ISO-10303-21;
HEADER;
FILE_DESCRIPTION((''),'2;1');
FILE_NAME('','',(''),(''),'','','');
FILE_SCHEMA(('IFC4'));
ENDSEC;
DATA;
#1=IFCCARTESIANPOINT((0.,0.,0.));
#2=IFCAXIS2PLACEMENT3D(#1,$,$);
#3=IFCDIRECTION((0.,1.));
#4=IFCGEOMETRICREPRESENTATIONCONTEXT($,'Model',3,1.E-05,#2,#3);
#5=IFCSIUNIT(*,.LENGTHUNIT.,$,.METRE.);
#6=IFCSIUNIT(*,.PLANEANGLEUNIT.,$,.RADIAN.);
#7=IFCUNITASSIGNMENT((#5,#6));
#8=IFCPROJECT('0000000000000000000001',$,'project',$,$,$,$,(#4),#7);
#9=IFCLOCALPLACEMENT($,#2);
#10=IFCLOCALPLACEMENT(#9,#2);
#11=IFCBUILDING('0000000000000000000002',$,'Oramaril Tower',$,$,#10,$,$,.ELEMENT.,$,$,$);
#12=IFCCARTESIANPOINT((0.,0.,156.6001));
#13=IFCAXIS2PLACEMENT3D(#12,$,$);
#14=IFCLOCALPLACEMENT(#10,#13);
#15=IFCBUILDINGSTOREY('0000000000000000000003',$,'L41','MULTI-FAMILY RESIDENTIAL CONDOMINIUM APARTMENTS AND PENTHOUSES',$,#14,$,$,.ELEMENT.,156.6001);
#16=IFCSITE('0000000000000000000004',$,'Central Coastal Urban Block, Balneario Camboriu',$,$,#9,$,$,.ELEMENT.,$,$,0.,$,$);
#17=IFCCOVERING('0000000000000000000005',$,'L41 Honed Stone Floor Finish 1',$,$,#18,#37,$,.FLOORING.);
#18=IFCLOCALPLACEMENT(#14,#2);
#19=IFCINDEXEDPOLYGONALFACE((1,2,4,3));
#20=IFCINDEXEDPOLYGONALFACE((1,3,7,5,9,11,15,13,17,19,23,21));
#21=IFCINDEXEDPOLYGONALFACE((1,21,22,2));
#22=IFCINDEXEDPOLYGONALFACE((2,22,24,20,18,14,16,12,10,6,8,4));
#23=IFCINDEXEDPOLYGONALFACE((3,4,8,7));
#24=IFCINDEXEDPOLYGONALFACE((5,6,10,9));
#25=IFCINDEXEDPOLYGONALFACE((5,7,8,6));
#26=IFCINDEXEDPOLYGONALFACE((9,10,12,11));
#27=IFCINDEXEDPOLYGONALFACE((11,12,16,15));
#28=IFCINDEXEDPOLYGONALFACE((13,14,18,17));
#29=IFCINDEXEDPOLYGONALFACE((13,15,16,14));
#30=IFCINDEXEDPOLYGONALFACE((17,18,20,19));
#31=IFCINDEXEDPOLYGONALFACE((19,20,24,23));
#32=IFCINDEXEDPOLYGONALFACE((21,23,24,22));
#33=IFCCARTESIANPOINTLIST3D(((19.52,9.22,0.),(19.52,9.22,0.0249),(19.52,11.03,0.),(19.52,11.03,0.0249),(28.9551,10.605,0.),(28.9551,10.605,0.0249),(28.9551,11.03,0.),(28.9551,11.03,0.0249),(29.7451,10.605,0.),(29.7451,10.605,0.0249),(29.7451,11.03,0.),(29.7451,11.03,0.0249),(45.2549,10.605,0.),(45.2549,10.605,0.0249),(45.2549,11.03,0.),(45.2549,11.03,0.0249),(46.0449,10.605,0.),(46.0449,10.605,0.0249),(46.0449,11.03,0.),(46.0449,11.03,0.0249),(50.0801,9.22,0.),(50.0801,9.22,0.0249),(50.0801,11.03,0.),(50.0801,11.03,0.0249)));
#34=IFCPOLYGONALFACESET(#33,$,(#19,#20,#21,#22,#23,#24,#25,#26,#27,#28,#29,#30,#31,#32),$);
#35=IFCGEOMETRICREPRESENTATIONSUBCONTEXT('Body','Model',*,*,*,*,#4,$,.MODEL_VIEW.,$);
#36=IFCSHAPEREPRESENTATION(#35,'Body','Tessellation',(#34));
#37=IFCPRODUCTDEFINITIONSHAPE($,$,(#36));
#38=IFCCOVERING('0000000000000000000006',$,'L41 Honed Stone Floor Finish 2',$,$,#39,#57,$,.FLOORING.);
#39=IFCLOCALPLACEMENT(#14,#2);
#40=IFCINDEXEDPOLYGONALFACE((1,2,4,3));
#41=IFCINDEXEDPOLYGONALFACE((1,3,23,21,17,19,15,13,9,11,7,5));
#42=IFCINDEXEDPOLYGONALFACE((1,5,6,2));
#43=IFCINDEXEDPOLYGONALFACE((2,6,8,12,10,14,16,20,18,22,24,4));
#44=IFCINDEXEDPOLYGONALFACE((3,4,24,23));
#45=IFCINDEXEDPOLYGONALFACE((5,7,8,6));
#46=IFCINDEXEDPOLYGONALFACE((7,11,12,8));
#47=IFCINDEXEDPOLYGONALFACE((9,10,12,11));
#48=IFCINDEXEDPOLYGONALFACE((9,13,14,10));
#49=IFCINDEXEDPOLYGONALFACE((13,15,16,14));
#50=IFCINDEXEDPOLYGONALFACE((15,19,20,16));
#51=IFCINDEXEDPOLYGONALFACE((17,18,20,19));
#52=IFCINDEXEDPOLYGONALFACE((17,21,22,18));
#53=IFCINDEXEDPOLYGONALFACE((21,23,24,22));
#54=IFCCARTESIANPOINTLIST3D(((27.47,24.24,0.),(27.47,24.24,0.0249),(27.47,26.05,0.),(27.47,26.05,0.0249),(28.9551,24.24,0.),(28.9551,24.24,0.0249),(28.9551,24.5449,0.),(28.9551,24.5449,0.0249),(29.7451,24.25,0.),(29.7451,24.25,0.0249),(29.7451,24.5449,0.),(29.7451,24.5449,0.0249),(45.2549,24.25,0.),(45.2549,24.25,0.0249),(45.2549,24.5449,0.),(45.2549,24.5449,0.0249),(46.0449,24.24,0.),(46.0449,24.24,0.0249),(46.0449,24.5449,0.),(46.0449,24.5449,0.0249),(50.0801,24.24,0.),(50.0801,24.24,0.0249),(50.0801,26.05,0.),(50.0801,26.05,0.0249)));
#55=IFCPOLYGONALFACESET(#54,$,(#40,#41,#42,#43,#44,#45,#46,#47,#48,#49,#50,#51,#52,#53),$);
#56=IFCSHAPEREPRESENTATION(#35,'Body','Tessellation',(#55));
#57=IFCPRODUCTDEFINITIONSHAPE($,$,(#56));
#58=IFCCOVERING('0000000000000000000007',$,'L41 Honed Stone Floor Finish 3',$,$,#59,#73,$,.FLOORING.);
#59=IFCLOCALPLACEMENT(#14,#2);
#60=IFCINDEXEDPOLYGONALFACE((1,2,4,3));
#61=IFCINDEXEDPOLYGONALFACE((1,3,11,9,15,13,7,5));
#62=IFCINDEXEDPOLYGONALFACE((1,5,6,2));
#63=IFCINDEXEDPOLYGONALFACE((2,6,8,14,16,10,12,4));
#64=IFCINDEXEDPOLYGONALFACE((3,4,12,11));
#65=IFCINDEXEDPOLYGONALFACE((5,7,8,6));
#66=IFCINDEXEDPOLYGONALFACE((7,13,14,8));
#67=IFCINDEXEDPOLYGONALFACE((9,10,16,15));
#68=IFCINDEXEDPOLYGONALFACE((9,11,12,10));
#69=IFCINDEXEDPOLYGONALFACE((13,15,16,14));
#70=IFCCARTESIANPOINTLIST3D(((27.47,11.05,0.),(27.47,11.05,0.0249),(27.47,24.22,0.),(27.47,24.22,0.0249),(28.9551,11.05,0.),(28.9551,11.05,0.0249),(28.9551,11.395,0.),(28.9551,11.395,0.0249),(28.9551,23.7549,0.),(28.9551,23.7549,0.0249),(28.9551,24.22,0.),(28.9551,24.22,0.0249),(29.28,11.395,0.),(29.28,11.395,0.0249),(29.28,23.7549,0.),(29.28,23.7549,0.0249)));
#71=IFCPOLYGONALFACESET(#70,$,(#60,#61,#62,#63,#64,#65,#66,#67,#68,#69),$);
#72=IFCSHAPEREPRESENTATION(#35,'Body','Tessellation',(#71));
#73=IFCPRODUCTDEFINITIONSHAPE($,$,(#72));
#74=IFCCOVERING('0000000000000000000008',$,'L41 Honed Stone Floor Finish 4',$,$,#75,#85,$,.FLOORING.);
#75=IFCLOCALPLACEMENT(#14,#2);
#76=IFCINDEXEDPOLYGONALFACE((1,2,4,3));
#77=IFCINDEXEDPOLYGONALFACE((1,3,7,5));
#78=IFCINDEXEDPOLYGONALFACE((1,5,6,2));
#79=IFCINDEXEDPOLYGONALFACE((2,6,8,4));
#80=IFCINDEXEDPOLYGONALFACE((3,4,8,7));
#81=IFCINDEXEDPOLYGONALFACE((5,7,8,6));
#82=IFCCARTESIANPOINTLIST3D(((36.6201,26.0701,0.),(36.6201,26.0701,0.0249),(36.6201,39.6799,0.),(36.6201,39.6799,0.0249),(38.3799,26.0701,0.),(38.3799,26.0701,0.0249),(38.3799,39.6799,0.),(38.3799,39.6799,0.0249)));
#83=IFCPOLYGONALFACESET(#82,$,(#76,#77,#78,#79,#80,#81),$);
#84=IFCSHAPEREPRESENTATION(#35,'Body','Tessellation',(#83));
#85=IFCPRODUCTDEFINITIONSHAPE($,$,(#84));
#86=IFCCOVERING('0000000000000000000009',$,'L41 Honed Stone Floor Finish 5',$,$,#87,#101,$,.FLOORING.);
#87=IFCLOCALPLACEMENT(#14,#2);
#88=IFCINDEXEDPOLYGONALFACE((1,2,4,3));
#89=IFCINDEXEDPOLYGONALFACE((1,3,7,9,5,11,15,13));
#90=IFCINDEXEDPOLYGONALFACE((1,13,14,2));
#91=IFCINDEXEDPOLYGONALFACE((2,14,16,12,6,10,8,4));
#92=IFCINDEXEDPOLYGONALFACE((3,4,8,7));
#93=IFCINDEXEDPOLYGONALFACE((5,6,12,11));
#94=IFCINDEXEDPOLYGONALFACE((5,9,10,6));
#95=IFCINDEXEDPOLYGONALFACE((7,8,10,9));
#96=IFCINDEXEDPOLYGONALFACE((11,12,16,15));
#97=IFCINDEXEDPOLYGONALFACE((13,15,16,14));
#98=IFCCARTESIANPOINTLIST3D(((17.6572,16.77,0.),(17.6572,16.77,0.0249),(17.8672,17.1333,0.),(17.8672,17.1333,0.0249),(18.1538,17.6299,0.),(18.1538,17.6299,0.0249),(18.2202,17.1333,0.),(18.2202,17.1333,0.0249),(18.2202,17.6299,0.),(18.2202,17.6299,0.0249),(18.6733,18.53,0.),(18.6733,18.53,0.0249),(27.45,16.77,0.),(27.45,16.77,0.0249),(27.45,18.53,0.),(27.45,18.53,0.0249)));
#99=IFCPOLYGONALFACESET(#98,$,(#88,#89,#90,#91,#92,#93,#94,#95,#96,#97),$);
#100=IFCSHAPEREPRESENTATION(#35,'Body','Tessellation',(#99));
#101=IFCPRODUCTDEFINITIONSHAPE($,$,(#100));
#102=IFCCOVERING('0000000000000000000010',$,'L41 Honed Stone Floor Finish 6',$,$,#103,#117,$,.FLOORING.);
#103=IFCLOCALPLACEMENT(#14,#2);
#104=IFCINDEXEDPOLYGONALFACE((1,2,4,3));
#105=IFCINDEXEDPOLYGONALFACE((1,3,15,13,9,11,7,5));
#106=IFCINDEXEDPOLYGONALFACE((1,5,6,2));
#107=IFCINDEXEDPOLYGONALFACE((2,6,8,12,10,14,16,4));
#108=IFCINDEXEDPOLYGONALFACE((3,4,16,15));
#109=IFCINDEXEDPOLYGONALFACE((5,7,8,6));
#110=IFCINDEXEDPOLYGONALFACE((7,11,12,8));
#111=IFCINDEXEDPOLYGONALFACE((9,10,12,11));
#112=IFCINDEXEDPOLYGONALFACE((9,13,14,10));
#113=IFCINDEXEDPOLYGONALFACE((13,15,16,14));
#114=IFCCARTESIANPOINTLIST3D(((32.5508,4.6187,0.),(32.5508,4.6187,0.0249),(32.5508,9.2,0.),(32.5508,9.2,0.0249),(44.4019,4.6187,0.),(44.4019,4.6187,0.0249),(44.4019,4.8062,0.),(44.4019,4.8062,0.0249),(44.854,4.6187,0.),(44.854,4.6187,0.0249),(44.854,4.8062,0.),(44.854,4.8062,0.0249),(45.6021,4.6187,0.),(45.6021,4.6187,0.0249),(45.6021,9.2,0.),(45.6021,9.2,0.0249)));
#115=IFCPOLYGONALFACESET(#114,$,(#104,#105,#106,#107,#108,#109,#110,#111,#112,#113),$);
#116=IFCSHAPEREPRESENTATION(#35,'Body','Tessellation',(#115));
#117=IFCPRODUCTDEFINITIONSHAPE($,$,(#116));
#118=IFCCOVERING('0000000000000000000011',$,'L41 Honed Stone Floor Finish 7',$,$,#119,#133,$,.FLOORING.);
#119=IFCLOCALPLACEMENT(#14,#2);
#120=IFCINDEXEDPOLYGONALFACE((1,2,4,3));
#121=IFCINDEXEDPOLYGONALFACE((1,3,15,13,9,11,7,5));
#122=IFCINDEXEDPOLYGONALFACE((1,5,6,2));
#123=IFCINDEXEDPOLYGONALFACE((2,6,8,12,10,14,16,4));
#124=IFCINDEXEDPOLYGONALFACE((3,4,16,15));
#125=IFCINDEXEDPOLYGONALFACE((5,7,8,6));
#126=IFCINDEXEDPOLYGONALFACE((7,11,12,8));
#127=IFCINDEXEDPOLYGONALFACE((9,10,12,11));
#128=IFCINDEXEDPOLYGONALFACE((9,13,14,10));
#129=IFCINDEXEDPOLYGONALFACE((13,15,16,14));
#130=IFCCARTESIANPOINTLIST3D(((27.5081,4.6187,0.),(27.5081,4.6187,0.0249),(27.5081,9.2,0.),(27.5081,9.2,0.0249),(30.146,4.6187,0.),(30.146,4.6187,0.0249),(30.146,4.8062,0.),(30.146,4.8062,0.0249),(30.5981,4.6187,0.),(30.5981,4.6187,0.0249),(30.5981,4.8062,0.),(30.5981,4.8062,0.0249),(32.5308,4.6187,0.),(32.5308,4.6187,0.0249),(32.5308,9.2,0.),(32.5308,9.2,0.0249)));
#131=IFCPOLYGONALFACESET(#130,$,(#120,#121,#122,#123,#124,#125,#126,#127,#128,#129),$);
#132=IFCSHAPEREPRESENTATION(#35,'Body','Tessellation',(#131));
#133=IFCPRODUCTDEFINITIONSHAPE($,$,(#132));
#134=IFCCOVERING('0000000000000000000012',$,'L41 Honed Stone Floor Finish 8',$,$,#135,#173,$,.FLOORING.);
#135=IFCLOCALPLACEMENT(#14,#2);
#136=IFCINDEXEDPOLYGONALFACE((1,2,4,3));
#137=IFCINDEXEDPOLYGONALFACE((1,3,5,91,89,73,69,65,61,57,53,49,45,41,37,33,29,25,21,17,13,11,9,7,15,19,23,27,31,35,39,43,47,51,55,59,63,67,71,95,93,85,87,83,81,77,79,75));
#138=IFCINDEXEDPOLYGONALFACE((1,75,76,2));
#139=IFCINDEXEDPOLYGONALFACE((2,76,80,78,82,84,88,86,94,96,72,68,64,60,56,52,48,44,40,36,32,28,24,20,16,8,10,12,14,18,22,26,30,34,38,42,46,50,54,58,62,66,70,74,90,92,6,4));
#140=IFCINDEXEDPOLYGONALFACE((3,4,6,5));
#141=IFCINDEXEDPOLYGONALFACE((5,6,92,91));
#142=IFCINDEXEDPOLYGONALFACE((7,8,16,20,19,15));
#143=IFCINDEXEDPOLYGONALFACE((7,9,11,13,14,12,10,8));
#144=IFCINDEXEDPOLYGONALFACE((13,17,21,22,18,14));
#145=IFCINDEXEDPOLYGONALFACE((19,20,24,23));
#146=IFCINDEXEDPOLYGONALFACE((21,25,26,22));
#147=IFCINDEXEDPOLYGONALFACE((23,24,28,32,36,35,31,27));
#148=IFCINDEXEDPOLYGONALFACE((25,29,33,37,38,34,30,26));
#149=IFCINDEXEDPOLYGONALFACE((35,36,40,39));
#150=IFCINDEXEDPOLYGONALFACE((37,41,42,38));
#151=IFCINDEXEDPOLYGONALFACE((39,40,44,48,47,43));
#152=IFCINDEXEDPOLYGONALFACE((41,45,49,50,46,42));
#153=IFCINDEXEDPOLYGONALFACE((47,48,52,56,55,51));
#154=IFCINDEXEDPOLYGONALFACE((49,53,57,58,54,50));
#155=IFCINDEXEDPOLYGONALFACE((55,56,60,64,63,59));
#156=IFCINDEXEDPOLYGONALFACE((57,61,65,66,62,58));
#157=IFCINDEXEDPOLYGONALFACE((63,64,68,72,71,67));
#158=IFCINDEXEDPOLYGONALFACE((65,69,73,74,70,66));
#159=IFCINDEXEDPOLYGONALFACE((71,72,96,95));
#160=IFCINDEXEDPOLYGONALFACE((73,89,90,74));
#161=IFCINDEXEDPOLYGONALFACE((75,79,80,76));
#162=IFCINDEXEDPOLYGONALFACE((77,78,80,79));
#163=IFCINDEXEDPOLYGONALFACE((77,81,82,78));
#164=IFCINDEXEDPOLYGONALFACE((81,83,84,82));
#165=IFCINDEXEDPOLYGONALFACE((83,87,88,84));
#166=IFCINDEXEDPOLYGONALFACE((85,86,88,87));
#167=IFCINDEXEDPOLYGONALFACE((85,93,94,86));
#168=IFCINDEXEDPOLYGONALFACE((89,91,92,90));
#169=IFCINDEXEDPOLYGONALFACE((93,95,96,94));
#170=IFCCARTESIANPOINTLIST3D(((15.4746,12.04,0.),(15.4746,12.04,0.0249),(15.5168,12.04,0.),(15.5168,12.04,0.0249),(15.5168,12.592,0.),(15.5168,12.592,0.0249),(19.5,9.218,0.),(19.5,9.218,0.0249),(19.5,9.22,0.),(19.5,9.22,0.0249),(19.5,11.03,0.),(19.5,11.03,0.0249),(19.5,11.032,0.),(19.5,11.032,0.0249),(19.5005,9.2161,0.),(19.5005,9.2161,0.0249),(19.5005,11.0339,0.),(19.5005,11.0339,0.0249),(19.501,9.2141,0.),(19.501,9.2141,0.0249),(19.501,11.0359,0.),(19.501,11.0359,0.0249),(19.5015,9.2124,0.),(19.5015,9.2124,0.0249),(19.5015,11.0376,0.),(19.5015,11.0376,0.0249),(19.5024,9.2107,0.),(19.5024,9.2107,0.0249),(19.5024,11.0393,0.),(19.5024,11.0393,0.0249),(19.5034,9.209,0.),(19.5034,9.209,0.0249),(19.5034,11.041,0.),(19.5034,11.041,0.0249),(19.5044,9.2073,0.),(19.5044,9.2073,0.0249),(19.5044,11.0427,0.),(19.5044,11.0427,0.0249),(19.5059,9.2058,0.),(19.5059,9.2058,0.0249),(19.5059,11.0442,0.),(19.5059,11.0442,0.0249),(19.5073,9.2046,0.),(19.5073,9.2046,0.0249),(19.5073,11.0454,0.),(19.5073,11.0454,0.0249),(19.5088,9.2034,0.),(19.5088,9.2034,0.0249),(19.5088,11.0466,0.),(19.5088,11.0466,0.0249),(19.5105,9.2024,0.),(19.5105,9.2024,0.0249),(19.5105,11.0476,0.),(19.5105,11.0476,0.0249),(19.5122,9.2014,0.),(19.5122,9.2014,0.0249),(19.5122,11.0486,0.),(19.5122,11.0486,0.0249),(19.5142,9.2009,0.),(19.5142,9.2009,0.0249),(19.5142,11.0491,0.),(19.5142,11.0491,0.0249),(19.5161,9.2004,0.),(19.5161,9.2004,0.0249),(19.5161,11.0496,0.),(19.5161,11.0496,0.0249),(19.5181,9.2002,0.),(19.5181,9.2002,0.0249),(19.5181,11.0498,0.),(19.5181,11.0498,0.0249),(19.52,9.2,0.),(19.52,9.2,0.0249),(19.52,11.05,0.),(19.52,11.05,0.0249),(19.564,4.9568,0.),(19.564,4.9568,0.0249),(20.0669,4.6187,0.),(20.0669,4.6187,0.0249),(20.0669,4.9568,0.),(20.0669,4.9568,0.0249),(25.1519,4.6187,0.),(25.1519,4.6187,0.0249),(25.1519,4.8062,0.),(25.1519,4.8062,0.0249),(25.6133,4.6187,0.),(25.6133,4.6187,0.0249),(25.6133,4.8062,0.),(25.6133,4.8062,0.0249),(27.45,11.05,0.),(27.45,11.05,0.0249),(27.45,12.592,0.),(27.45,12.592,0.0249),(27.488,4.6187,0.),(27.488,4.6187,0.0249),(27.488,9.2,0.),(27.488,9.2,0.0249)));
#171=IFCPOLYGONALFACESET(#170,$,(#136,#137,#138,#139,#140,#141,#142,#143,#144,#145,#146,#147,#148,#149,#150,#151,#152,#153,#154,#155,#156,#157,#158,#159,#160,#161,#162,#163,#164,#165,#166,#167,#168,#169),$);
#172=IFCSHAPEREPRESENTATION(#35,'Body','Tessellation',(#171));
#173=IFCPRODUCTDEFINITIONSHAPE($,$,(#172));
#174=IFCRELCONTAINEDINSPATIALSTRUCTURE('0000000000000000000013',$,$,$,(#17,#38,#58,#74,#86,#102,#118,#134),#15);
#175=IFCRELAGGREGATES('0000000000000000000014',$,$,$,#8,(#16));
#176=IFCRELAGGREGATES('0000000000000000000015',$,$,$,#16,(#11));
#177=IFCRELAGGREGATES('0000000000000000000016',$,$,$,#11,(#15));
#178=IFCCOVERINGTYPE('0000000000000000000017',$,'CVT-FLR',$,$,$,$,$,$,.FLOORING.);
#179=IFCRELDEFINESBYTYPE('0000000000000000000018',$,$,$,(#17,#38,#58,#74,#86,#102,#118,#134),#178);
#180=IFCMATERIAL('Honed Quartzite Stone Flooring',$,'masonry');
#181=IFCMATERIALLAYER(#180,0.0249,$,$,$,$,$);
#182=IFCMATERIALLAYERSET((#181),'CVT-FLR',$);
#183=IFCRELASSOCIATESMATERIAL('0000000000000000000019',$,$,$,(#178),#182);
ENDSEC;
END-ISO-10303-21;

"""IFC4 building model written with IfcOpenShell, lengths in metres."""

from ifc_helpers import new_model, si_unit, direction, frame, origin, place, context, subcontext, project, spatial, polyline, outline, extrude, material, layer, layer_set, type_object, element, save


model = new_model("IFC4")

# Units and contexts
model_context = context("Model", 3, precision=1e-05, world=origin(), true_north=direction((0.0, 1.0)))
body_context = subcontext(model_context, "Body", "Model", "MODEL_VIEW")
ifc_project = project(units=[si_unit("LENGTHUNIT", "METRE"), si_unit("PLANEANGLEUNIT", "RADIAN")], contexts=[model_context])

# Site, building, storey
site_placement = place(None, origin())
site = spatial("IfcSite", under=ifc_project, at=site_placement, Name="Central Coastal Urban Block, Balneario Camboriu", CompositionType="ELEMENT", RefElevation=0.0)
building_placement = place(site_placement, origin())
building = spatial("IfcBuilding", under=site, at=building_placement, Name="Oramaril Tower", CompositionType="ELEMENT")
storey_placement = place(building_placement, frame((0.0, 0.0, 156.6001)))
storey = spatial("IfcBuildingStorey", under=building, at=storey_placement, Name="L41", Description="MULTI-FAMILY RESIDENTIAL CONDOMINIUM APARTMENTS AND PENTHOUSES", CompositionType="ELEMENT", Elevation=156.6001)

# Coverings
ifc_material_1 = material(Name="Honed Quartzite Stone Flooring", Category="masonry")
ifc_layer_1 = layer(ifc_material_1, 0.0249)
ifc_layer_set_1 = layer_set([ifc_layer_1], Name="CVT-FLR")
covering_type_1 = type_object("IfcCoveringType", Name="CVT-FLR", PredefinedType="FLOORING", material=ifc_layer_set_1)
covering_1_placement = place(storey_placement, origin())
element("IfcCovering", 1, at=covering_1_placement, inside=storey, type_object=covering_type_1, Name="L41 Honed Stone Floor Finish 1", PredefinedType="FLOORING", context=body_context, shape_type="SweptSolid", body=[
    extrude(outline(polyline([(28.9551, 10.605), (29.7451, 10.605), (29.7451, 11.03), (45.2549, 11.03), (45.2549, 10.605), (46.0449, 10.605), (46.0449, 11.03), (50.0801, 11.03), (50.0801, 9.22), (19.52, 9.22), (19.52, 11.03), (28.9551, 11.03), (28.9551, 10.605)])), origin(), (0.0, 0.0, 1.0), 0.0249),
])
covering_2_placement = place(storey_placement, origin())
element("IfcCovering", 2, at=covering_2_placement, inside=storey, type_object=covering_type_1, Name="L41 Honed Stone Floor Finish 2", PredefinedType="FLOORING", context=body_context, shape_type="SweptSolid", body=[
    extrude(outline(polyline([(50.0801, 24.24), (46.0449, 24.24), (46.0449, 24.5449), (45.2549, 24.5449), (45.2549, 24.25), (29.7451, 24.25), (29.7451, 24.5449), (28.9551, 24.5449), (28.9551, 24.24), (27.47, 24.24), (27.47, 26.05), (50.0801, 26.05), (50.0801, 24.24)])), origin(), (0.0, 0.0, 1.0), 0.0249),
])
covering_3_placement = place(storey_placement, origin())
element("IfcCovering", 3, at=covering_3_placement, inside=storey, type_object=covering_type_1, Name="L41 Honed Stone Floor Finish 3", PredefinedType="FLOORING", context=body_context, shape_type="SweptSolid", body=[
    extrude(outline(polyline([(28.9551, 23.7549), (29.28, 23.7549), (29.28, 11.395), (28.9551, 11.395), (28.9551, 11.05), (27.47, 11.05), (27.47, 24.22), (28.9551, 24.22), (28.9551, 23.7549)])), origin(), (0.0, 0.0, 1.0), 0.0249),
])
covering_4_placement = place(storey_placement, origin())
element("IfcCovering", 4, at=covering_4_placement, inside=storey, type_object=covering_type_1, Name="L41 Honed Stone Floor Finish 4", PredefinedType="FLOORING", context=body_context, shape_type="SweptSolid", body=[
    extrude(outline(polyline([(38.3799, 26.0701), (36.6201, 26.0701), (36.6201, 39.6799), (38.3799, 39.6799), (38.3799, 26.0701)])), origin(), (0.0, 0.0, 1.0), 0.0249),
])
covering_5_placement = place(storey_placement, origin())
element("IfcCovering", 5, at=covering_5_placement, inside=storey, type_object=covering_type_1, Name="L41 Honed Stone Floor Finish 5", PredefinedType="FLOORING", context=body_context, shape_type="SweptSolid", body=[
    extrude(outline(polyline([(17.6572, 16.77), (17.8672, 17.1333), (18.2202, 17.1333), (18.2202, 17.6299), (18.1538, 17.6299), (18.6733, 18.53), (27.45, 18.53), (27.45, 16.77), (17.6572, 16.77)])), origin(), (0.0, 0.0, 1.0), 0.0249),
])
covering_6_placement = place(storey_placement, origin())
element("IfcCovering", 6, at=covering_6_placement, inside=storey, type_object=covering_type_1, Name="L41 Honed Stone Floor Finish 6", PredefinedType="FLOORING", context=body_context, shape_type="SweptSolid", body=[
    extrude(outline(polyline([(44.854, 4.8062), (44.4019, 4.8062), (44.4019, 4.6187), (32.5508, 4.6187), (32.5508, 9.2), (45.6021, 9.2), (45.6021, 4.6187), (44.854, 4.6187), (44.854, 4.8062)])), origin(), (0.0, 0.0, 1.0), 0.0249),
])
covering_7_placement = place(storey_placement, origin())
element("IfcCovering", 7, at=covering_7_placement, inside=storey, type_object=covering_type_1, Name="L41 Honed Stone Floor Finish 7", PredefinedType="FLOORING", context=body_context, shape_type="SweptSolid", body=[
    extrude(outline(polyline([(30.5981, 4.8062), (30.146, 4.8062), (30.146, 4.6187), (27.5081, 4.6187), (27.5081, 9.2), (32.5308, 9.2), (32.5308, 4.6187), (30.5981, 4.6187), (30.5981, 4.8062)])), origin(), (0.0, 0.0, 1.0), 0.0249),
])
covering_8_placement = place(storey_placement, origin())
element("IfcCovering", 8, at=covering_8_placement, inside=storey, type_object=covering_type_1, Name="L41 Honed Stone Floor Finish 8", PredefinedType="FLOORING", context=body_context, shape_type="SweptSolid", body=[
    extrude(outline(polyline([(25.6133, 4.6187), (25.6133, 4.8062), (25.1519, 4.8062), (25.1519, 4.6187), (20.0669, 4.6187), (20.0669, 4.9568), (19.564, 4.9568), (15.4746, 12.04), (15.5168, 12.04), (15.5168, 12.592), (27.45, 12.592), (27.45, 11.05), (19.52, 11.05), (19.5181, 11.0498), (19.5161, 11.0496), (19.5142, 11.0491), (19.5122, 11.0486), (19.5105, 11.0476), (19.5088, 11.0466), (19.5073, 11.0454), (19.5059, 11.0442), (19.5044, 11.0427), (19.5034, 11.041), (19.5024, 11.0393), (19.5015, 11.0376), (19.501, 11.0359), (19.5005, 11.0339), (19.5, 11.032), (19.5, 11.03), (19.5, 9.22), (19.5, 9.218), (19.5005, 9.2161), (19.501, 9.2141), (19.5015, 9.2124), (19.5024, 9.2107), (19.5034, 9.209), (19.5044, 9.2073), (19.5059, 9.2058), (19.5073, 9.2046), (19.5088, 9.2034), (19.5105, 9.2024), (19.5122, 9.2014), (19.5142, 9.2009), (19.5161, 9.2004), (19.5181, 9.2002), (19.52, 9.2), (27.488, 9.2), (27.488, 4.6187), (25.6133, 4.6187)])), origin(), (0.0, 0.0, 1.0), 0.0249),
])

save(model, "model.ifc")
